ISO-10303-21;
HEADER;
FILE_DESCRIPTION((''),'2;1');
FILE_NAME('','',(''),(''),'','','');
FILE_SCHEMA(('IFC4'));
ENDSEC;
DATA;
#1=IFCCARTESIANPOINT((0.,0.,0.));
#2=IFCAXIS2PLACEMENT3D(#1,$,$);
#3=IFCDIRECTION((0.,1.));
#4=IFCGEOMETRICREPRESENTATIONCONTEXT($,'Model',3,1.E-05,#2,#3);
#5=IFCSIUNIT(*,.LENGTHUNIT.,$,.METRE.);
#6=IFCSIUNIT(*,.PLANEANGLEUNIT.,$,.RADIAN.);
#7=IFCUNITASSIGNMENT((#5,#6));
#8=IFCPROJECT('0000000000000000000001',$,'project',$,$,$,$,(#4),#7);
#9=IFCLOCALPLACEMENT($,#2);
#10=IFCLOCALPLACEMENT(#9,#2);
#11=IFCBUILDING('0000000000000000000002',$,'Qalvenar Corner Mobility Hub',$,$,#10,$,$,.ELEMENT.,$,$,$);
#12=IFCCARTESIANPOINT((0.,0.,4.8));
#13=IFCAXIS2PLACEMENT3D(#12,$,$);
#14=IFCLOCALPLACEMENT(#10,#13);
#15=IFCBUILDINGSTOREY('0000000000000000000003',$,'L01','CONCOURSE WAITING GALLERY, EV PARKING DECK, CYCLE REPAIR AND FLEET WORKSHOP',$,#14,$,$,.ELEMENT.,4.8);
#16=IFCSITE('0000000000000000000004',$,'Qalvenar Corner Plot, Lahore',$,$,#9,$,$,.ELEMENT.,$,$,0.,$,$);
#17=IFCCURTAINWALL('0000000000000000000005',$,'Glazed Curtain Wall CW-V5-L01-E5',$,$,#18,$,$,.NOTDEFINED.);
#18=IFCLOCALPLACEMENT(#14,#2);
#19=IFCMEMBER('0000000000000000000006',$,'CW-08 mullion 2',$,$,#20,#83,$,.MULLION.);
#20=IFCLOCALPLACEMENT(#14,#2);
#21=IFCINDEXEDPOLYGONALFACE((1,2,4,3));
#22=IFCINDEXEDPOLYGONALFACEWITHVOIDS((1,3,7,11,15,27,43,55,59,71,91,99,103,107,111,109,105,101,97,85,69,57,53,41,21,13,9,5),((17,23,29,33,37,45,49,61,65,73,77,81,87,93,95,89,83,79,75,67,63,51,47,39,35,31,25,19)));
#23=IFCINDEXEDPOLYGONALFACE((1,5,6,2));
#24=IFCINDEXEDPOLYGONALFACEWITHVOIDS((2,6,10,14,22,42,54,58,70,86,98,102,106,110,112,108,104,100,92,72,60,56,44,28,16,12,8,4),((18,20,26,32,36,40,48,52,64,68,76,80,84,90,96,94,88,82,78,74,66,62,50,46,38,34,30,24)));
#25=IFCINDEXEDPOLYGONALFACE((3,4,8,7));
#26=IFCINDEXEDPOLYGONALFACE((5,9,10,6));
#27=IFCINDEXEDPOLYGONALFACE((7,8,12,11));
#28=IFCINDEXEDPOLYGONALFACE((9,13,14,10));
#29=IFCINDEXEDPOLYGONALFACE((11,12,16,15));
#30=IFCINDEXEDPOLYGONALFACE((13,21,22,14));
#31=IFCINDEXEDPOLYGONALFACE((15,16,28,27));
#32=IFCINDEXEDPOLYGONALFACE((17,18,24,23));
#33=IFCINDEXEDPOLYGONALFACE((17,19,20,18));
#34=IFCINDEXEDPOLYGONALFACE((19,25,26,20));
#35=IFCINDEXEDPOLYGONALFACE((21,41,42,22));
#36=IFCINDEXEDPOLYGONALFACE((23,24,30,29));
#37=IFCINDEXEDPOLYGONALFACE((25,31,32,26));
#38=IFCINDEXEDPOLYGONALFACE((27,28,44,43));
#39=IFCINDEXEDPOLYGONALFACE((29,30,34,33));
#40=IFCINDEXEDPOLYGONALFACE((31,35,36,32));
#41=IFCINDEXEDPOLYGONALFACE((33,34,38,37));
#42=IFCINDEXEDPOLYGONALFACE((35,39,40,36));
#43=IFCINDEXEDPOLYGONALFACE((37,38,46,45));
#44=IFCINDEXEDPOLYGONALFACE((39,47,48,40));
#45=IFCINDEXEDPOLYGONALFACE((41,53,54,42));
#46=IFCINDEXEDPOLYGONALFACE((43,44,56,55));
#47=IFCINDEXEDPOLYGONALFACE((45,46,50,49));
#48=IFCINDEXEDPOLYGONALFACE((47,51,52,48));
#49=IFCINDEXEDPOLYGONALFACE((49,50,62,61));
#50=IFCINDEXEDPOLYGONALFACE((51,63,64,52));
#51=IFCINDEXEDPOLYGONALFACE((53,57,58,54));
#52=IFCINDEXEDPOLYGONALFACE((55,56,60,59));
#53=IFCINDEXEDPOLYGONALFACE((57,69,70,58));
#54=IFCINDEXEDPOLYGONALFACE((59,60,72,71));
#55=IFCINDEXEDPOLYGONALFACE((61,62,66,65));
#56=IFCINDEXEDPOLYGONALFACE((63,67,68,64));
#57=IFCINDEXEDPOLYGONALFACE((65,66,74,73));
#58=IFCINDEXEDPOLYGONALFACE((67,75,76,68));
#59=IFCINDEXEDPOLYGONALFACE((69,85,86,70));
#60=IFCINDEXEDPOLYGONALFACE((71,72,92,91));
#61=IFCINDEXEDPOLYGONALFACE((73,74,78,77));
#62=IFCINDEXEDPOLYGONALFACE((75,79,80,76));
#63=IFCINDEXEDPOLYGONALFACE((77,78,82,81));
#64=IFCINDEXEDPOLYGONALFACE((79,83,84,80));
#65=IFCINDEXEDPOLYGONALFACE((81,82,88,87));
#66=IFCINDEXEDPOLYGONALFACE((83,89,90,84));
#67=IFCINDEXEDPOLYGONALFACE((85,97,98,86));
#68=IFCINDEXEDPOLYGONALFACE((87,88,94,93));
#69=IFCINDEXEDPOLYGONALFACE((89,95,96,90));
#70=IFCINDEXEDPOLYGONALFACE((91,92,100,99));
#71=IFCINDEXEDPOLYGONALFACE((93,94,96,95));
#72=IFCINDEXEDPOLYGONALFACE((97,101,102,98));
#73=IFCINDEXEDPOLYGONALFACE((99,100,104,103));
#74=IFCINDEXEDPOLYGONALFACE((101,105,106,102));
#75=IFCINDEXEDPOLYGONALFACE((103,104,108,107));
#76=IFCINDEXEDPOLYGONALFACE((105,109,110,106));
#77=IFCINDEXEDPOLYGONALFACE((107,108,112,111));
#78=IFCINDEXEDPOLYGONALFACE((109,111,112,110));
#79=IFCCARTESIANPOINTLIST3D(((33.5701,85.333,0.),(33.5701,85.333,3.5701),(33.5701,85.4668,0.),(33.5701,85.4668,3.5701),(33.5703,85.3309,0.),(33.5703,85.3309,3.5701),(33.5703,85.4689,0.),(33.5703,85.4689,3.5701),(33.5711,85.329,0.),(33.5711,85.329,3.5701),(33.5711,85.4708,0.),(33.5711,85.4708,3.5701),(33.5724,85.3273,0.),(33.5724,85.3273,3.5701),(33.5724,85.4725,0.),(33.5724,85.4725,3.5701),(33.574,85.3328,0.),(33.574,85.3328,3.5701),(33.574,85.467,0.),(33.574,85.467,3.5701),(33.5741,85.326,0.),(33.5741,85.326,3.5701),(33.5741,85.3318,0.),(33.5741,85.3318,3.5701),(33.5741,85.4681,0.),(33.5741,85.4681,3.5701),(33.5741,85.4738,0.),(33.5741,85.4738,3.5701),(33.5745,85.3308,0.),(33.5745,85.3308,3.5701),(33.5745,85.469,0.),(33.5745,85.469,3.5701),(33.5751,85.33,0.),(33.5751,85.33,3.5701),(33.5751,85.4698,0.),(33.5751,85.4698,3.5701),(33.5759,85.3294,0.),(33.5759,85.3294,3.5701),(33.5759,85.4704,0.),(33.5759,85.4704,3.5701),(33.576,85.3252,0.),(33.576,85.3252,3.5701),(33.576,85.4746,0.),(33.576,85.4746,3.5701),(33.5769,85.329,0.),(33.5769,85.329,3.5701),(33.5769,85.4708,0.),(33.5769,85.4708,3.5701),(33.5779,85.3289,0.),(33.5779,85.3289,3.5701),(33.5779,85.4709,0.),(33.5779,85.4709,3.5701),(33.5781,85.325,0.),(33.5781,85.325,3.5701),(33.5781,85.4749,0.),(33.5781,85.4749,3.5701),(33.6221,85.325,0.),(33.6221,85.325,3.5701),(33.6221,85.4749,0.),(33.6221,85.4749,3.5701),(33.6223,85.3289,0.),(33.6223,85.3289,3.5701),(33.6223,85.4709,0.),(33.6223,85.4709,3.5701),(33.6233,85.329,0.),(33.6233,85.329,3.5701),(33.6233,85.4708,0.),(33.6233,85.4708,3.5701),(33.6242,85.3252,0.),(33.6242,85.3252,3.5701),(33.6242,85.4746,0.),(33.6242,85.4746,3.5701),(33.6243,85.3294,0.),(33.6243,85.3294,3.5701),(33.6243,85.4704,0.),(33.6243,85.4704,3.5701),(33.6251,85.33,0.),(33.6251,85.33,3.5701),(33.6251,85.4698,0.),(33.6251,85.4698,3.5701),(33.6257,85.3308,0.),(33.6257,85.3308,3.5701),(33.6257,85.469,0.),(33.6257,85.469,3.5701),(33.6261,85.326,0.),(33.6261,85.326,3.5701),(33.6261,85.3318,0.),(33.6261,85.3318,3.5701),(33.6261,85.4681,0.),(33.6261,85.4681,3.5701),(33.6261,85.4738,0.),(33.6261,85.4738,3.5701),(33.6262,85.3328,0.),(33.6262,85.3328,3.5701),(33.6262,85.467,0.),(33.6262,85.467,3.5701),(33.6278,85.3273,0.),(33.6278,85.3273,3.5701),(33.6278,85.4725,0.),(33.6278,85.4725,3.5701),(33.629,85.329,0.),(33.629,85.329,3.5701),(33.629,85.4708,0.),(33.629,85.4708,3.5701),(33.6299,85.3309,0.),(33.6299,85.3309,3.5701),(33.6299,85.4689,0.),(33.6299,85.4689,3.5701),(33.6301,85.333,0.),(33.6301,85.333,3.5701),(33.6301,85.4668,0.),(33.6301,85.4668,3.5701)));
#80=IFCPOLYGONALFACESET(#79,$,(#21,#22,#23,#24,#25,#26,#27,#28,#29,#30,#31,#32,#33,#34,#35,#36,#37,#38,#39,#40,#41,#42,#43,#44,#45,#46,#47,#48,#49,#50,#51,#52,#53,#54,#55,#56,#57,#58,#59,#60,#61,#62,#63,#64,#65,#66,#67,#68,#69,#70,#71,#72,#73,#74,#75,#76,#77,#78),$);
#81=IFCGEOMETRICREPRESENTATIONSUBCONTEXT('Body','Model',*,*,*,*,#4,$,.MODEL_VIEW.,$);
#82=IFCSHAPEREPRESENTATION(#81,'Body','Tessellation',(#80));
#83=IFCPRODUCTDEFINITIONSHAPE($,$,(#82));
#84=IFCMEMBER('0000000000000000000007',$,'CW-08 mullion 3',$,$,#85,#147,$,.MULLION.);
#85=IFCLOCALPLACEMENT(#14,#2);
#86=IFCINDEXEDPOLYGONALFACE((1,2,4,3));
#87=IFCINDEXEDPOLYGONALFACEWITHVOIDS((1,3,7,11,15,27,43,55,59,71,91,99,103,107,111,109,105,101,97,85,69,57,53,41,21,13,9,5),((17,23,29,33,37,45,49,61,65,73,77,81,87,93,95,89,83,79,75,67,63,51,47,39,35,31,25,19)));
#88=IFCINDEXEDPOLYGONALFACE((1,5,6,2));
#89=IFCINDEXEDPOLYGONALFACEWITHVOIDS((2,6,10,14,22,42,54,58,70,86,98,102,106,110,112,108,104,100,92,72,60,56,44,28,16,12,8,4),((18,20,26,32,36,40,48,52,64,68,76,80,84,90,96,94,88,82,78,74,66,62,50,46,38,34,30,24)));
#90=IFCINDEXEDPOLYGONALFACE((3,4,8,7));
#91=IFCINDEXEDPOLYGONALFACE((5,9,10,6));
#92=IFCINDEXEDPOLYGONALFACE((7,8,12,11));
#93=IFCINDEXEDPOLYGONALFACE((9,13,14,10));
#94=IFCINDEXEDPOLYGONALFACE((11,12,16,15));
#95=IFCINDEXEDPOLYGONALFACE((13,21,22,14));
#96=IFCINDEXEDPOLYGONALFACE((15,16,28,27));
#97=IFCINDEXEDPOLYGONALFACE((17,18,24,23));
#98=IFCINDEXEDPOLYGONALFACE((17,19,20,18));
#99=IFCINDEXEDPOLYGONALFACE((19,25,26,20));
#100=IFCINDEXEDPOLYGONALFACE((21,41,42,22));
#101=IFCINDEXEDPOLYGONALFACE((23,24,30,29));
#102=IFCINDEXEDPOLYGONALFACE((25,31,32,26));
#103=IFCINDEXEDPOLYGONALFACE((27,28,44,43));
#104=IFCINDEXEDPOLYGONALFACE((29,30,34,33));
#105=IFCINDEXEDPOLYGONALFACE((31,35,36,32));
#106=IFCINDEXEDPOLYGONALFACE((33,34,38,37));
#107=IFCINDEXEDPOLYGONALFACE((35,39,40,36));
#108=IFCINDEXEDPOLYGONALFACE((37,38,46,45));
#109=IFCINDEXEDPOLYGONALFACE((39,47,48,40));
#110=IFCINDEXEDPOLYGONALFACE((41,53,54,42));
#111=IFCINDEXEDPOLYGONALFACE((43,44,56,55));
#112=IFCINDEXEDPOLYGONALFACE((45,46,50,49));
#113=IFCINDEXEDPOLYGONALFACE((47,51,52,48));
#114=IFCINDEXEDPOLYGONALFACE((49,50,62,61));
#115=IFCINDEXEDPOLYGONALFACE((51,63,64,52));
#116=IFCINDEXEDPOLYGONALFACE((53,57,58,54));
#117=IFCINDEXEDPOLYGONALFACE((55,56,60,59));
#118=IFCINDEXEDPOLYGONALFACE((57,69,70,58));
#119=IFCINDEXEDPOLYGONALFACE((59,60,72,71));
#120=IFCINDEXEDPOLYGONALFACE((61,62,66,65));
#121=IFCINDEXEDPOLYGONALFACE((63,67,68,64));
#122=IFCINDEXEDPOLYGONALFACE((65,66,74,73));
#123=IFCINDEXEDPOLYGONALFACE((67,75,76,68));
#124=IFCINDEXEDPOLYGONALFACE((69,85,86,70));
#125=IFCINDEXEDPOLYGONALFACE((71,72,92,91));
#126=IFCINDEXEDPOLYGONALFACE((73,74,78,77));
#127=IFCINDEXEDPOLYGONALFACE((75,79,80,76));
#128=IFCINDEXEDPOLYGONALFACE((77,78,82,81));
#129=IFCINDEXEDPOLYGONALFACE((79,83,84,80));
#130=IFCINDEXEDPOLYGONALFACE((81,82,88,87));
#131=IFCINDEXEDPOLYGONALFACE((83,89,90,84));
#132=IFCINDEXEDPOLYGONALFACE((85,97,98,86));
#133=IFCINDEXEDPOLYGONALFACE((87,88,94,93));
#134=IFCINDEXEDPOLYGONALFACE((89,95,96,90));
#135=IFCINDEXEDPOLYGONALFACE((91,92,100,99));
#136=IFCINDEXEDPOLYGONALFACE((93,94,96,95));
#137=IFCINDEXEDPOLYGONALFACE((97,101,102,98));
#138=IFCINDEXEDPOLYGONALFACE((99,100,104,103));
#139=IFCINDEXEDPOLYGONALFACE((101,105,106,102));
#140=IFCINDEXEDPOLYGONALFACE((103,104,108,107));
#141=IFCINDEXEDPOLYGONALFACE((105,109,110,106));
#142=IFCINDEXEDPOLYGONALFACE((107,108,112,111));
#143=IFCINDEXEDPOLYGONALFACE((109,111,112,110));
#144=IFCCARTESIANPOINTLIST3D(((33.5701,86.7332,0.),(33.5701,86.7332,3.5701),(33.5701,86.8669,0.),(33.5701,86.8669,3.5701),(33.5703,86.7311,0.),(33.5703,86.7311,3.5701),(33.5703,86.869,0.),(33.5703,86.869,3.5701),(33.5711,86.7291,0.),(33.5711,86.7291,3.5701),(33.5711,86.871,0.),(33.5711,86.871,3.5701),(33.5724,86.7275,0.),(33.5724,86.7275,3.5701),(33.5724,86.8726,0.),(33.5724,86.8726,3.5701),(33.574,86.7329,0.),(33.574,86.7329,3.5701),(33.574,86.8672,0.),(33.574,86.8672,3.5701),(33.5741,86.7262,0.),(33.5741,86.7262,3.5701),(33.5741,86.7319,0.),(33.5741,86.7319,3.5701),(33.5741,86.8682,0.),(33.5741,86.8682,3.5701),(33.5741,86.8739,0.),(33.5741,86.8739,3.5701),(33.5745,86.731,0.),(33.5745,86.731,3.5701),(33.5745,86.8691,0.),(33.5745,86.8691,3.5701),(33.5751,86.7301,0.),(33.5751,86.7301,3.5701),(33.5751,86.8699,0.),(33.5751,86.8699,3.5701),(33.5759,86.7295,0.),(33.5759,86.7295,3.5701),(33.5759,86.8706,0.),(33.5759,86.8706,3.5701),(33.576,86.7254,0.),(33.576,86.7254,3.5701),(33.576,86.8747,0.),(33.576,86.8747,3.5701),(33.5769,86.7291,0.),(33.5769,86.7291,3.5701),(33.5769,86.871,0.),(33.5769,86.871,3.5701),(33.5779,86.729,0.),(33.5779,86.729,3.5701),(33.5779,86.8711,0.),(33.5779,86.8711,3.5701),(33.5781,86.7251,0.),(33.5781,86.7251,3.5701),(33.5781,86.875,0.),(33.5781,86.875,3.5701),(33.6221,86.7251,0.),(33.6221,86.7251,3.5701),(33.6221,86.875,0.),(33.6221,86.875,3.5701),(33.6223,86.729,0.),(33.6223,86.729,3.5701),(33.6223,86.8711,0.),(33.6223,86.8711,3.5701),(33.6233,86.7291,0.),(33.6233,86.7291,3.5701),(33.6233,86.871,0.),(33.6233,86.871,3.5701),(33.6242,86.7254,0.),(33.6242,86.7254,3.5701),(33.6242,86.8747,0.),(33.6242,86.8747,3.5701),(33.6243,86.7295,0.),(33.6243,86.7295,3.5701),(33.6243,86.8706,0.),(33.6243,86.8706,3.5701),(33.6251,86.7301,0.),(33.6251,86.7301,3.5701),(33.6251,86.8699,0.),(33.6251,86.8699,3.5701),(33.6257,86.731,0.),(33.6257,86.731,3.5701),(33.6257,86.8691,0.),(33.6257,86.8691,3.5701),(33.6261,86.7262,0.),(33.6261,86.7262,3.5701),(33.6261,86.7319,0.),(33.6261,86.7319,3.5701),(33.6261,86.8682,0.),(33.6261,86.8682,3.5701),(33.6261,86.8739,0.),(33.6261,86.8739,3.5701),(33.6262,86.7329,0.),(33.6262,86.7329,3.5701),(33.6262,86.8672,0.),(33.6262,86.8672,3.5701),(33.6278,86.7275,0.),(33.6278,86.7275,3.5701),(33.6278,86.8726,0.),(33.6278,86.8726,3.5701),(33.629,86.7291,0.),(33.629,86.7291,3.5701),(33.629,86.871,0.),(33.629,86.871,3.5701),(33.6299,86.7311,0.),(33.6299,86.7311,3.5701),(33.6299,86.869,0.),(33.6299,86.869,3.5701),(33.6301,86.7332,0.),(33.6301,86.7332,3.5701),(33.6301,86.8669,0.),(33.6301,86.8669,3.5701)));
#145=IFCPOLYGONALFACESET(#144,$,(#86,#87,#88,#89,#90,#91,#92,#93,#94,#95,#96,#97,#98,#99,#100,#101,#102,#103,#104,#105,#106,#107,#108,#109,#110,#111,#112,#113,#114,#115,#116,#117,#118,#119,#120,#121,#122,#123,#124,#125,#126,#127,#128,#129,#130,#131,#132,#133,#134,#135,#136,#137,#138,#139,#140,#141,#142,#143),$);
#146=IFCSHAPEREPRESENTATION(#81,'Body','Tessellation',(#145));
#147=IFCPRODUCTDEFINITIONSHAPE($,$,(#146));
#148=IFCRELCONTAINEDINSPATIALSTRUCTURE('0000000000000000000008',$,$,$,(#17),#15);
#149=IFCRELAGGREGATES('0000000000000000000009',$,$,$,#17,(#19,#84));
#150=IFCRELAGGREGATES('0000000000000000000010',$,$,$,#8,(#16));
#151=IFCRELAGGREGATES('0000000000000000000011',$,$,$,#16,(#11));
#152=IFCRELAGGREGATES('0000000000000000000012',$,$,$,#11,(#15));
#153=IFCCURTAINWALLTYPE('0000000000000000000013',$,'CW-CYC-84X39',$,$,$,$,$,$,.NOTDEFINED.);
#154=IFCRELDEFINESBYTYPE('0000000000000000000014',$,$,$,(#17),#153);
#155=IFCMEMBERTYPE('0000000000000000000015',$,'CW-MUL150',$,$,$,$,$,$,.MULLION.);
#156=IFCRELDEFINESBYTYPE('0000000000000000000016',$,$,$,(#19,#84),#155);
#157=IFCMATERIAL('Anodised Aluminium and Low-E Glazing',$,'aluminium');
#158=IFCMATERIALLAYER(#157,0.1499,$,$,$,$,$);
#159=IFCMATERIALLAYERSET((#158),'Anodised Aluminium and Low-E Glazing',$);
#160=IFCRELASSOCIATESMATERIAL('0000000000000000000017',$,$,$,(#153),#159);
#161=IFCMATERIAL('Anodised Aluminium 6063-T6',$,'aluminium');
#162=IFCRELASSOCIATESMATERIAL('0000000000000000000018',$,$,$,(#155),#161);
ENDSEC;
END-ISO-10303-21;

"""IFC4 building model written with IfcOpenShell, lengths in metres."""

from ifc_helpers import new_model, si_unit, direction, frame, origin, origin_2d, place, context, subcontext, project, spatial, hollow_rectangle, extrude, material, layer, layer_set, material_profile, profile_set, type_object, element, aggregate, save


model = new_model("IFC4")

# Units and contexts
model_context = context("Model", 3, precision=1e-05, world=origin(), true_north=direction((0.0, 1.0)))
body_context = subcontext(model_context, "Body", "Model", "MODEL_VIEW")
ifc_project = project(units=[si_unit("LENGTHUNIT", "METRE"), si_unit("PLANEANGLEUNIT", "RADIAN")], contexts=[model_context])

# Site, building, storey
site_placement = place(None, origin())
site = spatial("IfcSite", under=ifc_project, at=site_placement, Name="Qalvenar Corner Plot, Lahore", CompositionType="ELEMENT", RefElevation=0.0)
building_placement = place(site_placement, origin())
building = spatial("IfcBuilding", under=site, at=building_placement, Name="Qalvenar Corner Mobility Hub", CompositionType="ELEMENT")
storey_placement = place(building_placement, frame((0.0, 0.0, 4.8)))
storey = spatial("IfcBuildingStorey", under=building, at=storey_placement, Name="L01", Description="CONCOURSE WAITING GALLERY, EV PARKING DECK, CYCLE REPAIR AND FLEET WORKSHOP", CompositionType="ELEMENT", Elevation=4.8)

# Curtain wall, members
ifc_material_1 = material(Name="Anodised Aluminium and Low-E Glazing", Category="aluminium")
ifc_layer_1 = layer(ifc_material_1, 0.1499)
ifc_layer_set_1 = layer_set([ifc_layer_1], Name="Anodised Aluminium and Low-E Glazing")
curtain_wall_type = type_object("IfcCurtainWallType", Name="CW-CYC-84X39", PredefinedType="NOTDEFINED", material=ifc_layer_set_1)
curtain_wall_placement = place(storey_placement, origin())
curtain_wall = element("IfcCurtainWall", 1, at=curtain_wall_placement, inside=storey, type_object=curtain_wall_type, Name="Glazed Curtain Wall CW-V5-L01-E5", PredefinedType="NOTDEFINED")
ifc_material_2 = material(Name="Anodised Aluminium 6063-T6", Category="aluminium")
ifc_material_profile_1 = material_profile(ifc_material_2, hollow_rectangle(XDim=0.0601, YDim=0.1499, WallThickness=0.0039, InnerFilletRadius=0.0039, OuterFilletRadius=0.0081, at=origin_2d()), Name="RHS150x60x4")
ifc_profile_set_1 = profile_set([ifc_material_profile_1], Name="Anodised Aluminium 6063-T6")
member_type_1 = type_object("IfcMemberType", Name="CW-MUL150", PredefinedType="MULLION", material=ifc_profile_set_1)
member_1_placement = place(storey_placement, frame((33.6001, 85.3999, 0.0), z_axis=(0.0, 0.0, 1.0), x_axis=(-1.0, 0.0, 0.0)))
member_1 = element("IfcMember", 2, at=member_1_placement, type_object=member_type_1, Name="CW-08 mullion 2", PredefinedType="MULLION", context=body_context, shape_type="SweptSolid", body=[
    extrude(hollow_rectangle(XDim=0.0601, YDim=0.1499, WallThickness=0.0039, InnerFilletRadius=0.0039, OuterFilletRadius=0.0081, at=origin_2d()), origin(), (0.0, 0.0, 1.0), 3.5701),
])
member_2_placement = place(storey_placement, frame((33.6001, 86.8, 0.0), z_axis=(0.0, 0.0, 1.0), x_axis=(-1.0, 0.0, 0.0)))
member_2 = element("IfcMember", 3, at=member_2_placement, type_object=member_type_1, Name="CW-08 mullion 3", PredefinedType="MULLION", context=body_context, shape_type="SweptSolid", body=[
    extrude(hollow_rectangle(XDim=0.0601, YDim=0.1499, WallThickness=0.0039, InnerFilletRadius=0.0039, OuterFilletRadius=0.0081, at=origin_2d()), origin(), (0.0, 0.0, 1.0), 3.5701),
])
aggregate(curtain_wall, [member_1, member_2])

save(model, "model.ifc")
